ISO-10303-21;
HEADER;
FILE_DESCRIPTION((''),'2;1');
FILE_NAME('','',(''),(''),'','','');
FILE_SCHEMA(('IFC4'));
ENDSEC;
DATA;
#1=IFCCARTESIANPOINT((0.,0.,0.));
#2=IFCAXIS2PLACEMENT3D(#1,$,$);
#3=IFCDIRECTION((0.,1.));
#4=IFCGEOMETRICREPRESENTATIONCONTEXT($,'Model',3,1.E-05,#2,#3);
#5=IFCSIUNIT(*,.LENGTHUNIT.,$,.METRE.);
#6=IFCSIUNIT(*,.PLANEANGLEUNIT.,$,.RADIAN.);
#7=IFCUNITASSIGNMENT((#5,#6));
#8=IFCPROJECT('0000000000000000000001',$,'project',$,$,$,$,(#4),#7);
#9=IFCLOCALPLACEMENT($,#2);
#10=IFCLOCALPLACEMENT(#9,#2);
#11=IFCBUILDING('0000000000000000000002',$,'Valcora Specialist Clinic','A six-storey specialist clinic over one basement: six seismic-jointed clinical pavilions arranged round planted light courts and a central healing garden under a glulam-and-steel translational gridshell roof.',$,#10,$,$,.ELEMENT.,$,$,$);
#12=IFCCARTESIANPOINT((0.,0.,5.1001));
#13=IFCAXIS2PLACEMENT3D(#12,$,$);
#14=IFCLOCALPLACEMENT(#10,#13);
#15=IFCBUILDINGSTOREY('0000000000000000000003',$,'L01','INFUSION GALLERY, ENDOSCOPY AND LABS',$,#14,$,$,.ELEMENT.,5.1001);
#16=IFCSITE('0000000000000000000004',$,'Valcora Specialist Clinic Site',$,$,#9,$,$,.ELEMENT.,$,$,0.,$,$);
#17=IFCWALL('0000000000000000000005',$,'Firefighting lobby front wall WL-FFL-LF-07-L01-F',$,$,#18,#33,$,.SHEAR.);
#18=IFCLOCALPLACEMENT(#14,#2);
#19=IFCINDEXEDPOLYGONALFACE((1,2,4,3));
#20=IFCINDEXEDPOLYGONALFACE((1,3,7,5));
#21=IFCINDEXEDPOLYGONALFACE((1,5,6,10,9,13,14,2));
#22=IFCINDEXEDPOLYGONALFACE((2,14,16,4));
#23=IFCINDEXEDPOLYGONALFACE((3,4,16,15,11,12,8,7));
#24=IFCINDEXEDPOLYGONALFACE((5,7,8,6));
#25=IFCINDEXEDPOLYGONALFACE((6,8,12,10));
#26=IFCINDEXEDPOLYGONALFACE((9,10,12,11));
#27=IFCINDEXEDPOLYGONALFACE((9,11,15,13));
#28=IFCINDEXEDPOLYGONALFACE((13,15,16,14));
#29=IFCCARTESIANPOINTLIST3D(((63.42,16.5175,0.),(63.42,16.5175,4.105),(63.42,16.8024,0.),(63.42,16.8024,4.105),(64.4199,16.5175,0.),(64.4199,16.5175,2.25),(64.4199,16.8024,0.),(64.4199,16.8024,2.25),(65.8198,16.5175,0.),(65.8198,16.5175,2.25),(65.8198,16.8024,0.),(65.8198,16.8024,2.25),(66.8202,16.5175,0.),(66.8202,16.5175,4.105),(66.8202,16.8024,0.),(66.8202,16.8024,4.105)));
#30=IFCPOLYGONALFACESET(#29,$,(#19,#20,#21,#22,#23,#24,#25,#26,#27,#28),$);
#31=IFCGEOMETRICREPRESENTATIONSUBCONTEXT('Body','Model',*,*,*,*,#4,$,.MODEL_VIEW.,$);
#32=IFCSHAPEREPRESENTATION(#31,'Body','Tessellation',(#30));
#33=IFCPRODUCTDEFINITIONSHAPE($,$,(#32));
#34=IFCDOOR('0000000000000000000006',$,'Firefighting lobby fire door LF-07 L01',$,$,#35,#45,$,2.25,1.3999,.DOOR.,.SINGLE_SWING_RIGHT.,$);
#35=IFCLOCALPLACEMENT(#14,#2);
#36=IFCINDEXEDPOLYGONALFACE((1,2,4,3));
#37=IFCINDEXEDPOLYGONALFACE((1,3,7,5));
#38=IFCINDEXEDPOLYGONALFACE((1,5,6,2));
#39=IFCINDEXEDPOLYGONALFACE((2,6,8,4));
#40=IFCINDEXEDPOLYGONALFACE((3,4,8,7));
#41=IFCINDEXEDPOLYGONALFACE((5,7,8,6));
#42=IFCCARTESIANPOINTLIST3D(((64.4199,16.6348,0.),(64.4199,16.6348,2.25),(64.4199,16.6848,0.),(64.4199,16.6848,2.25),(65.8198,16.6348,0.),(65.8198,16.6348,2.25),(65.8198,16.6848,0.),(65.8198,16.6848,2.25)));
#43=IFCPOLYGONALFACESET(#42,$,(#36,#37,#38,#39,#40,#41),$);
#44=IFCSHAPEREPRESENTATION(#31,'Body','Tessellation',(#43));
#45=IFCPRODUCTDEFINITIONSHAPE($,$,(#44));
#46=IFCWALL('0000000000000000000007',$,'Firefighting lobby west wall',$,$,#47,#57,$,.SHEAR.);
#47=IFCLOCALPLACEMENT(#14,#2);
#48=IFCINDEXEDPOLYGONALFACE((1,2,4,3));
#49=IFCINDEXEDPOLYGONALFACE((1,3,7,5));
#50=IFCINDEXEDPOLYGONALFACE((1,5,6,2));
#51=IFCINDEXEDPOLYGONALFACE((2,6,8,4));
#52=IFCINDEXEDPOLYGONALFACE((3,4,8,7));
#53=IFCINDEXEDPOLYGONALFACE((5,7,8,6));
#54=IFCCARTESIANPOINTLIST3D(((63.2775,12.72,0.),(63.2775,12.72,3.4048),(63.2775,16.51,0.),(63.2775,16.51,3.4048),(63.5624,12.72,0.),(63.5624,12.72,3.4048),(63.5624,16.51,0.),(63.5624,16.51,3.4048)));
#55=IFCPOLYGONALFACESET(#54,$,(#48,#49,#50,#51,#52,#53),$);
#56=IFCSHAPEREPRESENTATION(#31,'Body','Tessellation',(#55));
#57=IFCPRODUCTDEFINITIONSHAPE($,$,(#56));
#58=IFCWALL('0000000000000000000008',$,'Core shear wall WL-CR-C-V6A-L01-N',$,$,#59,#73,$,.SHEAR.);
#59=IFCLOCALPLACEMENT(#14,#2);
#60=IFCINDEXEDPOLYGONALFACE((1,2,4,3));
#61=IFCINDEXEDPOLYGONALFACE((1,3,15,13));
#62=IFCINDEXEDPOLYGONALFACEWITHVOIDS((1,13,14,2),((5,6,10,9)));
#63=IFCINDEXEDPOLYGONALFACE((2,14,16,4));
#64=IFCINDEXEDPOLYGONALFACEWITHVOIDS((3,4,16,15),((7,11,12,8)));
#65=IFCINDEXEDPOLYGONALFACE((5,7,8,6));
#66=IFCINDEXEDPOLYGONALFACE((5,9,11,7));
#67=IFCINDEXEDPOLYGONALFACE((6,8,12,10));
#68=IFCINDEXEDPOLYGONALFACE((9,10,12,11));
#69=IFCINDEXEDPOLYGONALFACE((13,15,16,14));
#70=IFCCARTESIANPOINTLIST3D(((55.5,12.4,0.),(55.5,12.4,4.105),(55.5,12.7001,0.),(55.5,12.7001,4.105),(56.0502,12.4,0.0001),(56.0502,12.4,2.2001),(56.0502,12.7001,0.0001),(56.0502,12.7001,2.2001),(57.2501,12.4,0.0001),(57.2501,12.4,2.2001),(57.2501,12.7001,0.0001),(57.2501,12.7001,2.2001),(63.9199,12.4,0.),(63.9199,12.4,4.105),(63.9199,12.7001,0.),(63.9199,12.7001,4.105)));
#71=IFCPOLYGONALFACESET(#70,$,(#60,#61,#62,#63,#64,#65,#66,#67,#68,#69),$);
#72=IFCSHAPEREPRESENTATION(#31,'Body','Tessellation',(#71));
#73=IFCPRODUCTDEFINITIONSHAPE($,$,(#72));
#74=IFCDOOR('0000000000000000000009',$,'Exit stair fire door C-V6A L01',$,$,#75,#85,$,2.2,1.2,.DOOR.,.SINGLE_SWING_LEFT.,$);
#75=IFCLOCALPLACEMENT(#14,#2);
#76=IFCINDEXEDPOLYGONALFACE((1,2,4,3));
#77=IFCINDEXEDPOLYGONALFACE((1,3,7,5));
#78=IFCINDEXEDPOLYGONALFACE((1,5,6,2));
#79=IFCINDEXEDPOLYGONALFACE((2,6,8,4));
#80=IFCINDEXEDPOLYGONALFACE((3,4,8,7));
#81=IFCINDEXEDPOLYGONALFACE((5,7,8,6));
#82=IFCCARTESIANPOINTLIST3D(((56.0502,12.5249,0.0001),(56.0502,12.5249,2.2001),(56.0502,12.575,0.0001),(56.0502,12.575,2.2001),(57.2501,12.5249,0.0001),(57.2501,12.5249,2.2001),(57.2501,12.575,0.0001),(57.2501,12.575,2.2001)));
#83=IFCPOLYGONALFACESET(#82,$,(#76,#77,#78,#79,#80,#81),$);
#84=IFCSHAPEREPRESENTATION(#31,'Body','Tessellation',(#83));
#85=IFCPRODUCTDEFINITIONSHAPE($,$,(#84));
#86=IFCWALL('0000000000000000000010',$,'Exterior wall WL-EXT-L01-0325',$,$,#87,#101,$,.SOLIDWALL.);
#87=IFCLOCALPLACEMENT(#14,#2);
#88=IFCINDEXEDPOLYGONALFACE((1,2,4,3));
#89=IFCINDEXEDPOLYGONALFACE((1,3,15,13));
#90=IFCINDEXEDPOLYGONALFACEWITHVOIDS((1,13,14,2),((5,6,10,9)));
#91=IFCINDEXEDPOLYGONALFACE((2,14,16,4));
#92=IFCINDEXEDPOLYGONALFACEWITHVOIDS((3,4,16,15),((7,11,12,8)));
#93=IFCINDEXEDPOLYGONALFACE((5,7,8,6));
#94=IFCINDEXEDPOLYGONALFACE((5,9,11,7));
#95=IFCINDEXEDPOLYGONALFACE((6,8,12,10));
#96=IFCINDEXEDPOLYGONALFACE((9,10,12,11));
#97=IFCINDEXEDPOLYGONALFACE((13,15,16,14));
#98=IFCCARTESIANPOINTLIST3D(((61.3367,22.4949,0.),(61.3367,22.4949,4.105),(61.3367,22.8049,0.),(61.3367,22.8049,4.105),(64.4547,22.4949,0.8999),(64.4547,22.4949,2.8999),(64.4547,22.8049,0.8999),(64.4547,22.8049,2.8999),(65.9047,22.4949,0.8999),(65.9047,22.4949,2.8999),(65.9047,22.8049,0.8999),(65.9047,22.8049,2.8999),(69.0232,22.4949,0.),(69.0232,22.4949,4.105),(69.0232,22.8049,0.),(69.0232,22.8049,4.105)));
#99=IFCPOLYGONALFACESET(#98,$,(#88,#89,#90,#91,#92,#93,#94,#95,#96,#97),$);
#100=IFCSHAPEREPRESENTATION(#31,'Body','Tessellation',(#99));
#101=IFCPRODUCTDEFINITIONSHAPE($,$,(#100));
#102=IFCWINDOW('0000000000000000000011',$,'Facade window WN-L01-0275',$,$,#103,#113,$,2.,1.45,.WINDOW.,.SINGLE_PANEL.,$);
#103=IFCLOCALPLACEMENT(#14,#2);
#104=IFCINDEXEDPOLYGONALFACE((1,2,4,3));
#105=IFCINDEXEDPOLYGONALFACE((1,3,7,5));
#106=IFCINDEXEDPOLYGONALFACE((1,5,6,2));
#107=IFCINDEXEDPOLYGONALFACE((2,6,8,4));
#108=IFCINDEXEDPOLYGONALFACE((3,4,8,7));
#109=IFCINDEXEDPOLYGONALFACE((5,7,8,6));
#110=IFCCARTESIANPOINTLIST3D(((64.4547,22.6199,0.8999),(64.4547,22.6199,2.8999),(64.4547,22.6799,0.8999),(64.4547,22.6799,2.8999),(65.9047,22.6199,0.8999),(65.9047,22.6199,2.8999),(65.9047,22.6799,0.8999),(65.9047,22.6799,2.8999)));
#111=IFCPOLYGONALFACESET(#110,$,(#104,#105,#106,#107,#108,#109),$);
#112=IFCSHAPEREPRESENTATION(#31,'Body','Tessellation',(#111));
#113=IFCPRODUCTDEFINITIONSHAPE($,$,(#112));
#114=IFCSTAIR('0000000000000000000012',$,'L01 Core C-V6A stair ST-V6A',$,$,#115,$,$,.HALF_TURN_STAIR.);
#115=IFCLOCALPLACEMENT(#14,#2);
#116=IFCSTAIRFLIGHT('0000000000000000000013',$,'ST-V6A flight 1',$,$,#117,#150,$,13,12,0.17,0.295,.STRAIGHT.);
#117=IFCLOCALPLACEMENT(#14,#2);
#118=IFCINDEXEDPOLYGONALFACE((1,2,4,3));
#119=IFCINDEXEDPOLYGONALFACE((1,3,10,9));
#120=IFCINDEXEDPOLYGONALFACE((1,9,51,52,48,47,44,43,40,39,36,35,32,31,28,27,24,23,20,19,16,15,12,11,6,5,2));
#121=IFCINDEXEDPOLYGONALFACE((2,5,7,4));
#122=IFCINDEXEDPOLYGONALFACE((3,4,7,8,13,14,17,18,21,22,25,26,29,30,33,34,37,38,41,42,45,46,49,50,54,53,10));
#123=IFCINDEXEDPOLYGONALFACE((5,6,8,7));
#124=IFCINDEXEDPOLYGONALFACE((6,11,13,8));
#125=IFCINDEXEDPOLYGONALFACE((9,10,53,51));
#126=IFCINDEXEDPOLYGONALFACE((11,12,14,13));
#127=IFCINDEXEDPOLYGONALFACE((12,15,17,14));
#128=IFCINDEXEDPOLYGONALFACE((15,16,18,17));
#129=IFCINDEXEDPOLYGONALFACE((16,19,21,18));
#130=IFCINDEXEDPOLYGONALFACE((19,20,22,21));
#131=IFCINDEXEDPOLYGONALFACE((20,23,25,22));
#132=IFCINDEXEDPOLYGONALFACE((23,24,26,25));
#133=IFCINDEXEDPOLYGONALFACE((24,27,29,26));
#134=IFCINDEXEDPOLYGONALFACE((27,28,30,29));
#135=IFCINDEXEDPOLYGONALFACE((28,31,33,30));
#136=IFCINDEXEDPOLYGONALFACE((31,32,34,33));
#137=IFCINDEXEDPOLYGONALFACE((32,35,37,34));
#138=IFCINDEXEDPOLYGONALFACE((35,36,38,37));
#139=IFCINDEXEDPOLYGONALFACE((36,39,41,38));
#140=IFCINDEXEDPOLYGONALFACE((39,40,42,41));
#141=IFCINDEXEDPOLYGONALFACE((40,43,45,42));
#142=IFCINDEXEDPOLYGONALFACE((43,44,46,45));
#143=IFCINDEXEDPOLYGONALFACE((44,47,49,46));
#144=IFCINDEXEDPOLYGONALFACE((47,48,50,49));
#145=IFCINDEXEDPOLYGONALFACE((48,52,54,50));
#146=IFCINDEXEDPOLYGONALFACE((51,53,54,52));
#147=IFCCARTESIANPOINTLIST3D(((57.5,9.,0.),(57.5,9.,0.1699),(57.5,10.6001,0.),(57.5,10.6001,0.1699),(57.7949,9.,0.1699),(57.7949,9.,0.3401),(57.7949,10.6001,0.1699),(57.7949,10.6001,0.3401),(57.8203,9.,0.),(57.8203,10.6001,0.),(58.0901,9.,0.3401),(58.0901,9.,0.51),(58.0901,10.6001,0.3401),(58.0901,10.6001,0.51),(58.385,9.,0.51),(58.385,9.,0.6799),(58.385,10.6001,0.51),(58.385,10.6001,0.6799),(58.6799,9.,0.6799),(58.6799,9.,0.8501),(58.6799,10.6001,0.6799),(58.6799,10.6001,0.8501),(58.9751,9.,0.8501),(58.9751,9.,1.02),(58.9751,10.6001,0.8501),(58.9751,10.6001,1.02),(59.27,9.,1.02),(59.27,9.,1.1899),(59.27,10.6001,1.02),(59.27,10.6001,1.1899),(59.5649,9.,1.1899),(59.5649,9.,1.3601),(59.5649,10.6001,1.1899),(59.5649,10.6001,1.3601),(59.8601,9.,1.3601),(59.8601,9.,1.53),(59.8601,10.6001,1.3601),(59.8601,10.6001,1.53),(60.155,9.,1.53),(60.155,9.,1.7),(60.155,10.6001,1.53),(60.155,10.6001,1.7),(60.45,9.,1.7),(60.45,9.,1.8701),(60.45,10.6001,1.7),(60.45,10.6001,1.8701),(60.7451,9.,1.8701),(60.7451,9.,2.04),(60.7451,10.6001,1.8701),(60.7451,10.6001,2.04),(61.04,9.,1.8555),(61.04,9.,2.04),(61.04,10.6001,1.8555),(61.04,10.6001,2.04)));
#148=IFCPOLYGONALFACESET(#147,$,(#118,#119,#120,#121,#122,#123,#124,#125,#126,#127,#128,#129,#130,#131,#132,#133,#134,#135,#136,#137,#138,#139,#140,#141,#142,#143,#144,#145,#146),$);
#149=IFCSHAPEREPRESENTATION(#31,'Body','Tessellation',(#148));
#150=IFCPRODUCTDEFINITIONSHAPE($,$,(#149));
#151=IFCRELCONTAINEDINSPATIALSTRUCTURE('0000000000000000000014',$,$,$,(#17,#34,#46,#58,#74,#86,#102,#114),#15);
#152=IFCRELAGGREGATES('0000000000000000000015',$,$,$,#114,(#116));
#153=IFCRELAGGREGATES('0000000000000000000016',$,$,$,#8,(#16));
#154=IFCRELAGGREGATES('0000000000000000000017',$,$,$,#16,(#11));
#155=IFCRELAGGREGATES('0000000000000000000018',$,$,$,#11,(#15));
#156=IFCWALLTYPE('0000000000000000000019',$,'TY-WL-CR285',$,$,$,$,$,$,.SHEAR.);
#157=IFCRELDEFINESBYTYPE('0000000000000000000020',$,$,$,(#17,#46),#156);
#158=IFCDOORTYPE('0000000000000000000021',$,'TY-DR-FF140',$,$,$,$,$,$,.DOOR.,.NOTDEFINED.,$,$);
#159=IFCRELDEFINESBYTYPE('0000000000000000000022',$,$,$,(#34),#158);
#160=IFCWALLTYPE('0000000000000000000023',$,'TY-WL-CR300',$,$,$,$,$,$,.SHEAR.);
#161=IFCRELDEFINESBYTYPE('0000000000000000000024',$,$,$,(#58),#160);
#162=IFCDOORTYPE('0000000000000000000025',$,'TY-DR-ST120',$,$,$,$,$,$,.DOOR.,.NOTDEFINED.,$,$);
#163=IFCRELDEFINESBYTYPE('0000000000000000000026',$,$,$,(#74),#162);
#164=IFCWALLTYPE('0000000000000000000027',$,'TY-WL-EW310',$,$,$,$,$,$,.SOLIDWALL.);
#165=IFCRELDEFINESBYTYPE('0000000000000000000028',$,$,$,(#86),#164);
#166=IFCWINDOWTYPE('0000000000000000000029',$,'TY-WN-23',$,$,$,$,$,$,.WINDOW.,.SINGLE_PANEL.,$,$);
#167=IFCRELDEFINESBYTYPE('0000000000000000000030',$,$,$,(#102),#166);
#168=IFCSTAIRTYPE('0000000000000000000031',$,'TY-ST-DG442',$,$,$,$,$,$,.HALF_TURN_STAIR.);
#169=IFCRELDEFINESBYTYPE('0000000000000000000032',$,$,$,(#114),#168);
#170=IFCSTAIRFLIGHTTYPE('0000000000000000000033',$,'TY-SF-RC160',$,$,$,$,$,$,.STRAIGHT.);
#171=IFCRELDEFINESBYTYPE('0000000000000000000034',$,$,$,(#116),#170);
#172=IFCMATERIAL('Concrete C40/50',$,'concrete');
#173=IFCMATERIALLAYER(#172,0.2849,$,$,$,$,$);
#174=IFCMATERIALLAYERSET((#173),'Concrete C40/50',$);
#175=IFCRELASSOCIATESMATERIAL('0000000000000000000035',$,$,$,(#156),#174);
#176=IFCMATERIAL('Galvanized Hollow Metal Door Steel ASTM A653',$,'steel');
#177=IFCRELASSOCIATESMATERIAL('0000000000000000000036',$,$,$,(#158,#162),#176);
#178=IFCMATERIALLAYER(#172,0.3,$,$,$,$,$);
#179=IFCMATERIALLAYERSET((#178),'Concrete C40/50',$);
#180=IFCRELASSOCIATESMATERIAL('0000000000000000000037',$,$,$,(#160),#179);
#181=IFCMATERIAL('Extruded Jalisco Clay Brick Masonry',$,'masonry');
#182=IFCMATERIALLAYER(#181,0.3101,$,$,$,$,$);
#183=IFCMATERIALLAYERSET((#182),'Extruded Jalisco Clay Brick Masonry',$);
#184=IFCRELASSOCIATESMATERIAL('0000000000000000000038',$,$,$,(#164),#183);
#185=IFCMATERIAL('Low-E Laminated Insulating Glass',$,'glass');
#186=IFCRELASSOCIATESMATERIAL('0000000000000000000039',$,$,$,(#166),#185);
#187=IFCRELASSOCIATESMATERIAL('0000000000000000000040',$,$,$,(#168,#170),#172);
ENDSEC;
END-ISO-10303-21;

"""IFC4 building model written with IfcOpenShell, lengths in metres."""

from ifc_helpers import new_model, si_unit, direction, frame, frame_2d, origin, place, context, subcontext, project, spatial, polyline, rectangle, outline, extrude, material, layer, layer_set, type_object, element, fill, aggregate, save


model = new_model("IFC4")

# Units and contexts
model_context = context("Model", 3, precision=1e-05, world=origin(), true_north=direction((0.0, 1.0)))
body_context = subcontext(model_context, "Body", "Model", "MODEL_VIEW")
ifc_project = project(units=[si_unit("LENGTHUNIT", "METRE"), si_unit("PLANEANGLEUNIT", "RADIAN")], contexts=[model_context])

# Site, building, storey
site_placement = place(None, origin())
site = spatial("IfcSite", under=ifc_project, at=site_placement, Name="Valcora Specialist Clinic Site", CompositionType="ELEMENT", RefElevation=0.0)
building_placement = place(site_placement, origin())
building = spatial("IfcBuilding", under=site, at=building_placement, Name="Valcora Specialist Clinic", Description="A six-storey specialist clinic over one basement: six seismic-jointed clinical pavilions arranged round planted light courts and a central healing garden under a glulam-and-steel translational gridshell roof.", CompositionType="ELEMENT")
storey_placement = place(building_placement, frame((0.0, 0.0, 5.1001)))
storey = spatial("IfcBuildingStorey", under=building, at=storey_placement, Name="L01", Description="INFUSION GALLERY, ENDOSCOPY AND LABS", CompositionType="ELEMENT", Elevation=5.1001)

# Shared definitions
ifc_material_1 = material(Name="Concrete C40/50", Category="concrete")

# Wall, opening, door
ifc_layer_1 = layer(ifc_material_1, 0.2849)
ifc_layer_set_1 = layer_set([ifc_layer_1], Name="Concrete C40/50")
wall_type_1 = type_object("IfcWallType", Name="TY-WL-CR285", PredefinedType="SHEAR", material=ifc_layer_set_1)
wall_1_placement = place(storey_placement, frame((63.4199, 16.6599, 0.0), z_axis=(0.0, 0.0, 1.0), x_axis=(1.0, 0.0, 0.0)))
wall_1 = element("IfcWall", 1, at=wall_1_placement, inside=storey, type_object=wall_type_1, Name="Firefighting lobby front wall WL-FFL-LF-07-L01-F", PredefinedType="SHEAR", context=body_context, shape_type="SweptSolid", body=[
    extrude(rectangle(XDim=3.4001, YDim=0.2849, at=frame_2d((1.7002, 0.0))), origin(), (0.0, 0.0, 1.0), 4.105),
])
opening_1_placement = place(wall_1_placement, frame((1.0, 0.0, 0.0)))
opening_1 = element("IfcOpeningElement", 2, at=opening_1_placement, cuts=wall_1, PredefinedType="OPENING", context=body_context, shape_type="SweptSolid", body=[
    extrude(rectangle(XDim=1.3999, YDim=2.25, at=frame_2d((0.7, 1.125))), frame((0.0, 0.1523, 0.0), z_axis=(0.0, -1.0, 0.0), x_axis=(1.0, 0.0, 0.0)), (0.0, 0.0, 1.0), 0.3049),
])
ifc_material_2 = material(Name="Galvanized Hollow Metal Door Steel ASTM A653", Category="steel")
door_type_1 = type_object("IfcDoorType", Name="TY-DR-FF140", OperationType="NOTDEFINED", PredefinedType="DOOR", material=ifc_material_2)
door_1_placement = place(opening_1_placement, origin())
door_1 = element("IfcDoor", 3, at=door_1_placement, inside=storey, type_object=door_type_1, Name="Firefighting lobby fire door LF-07 L01", OperationType="SINGLE_SWING_RIGHT", OverallHeight=2.25, OverallWidth=1.3999, PredefinedType="DOOR", context=body_context, shape_type="SweptSolid", body=[
    extrude(rectangle(XDim=1.3999, YDim=2.25, at=frame_2d((0.7, 1.125))), frame((0.0, 0.0249, 0.0), z_axis=(0.0, -1.0, 0.0), x_axis=(1.0, 0.0, 0.0)), (0.0, 0.0, 1.0), 0.05),
])
fill(opening_1, door_1)

# Wall
wall_2_placement = place(storey_placement, frame((63.4199, 12.72, 0.0), z_axis=(0.0, 0.0, 1.0), x_axis=(0.0, 1.0, 0.0)))
element("IfcWall", 4, at=wall_2_placement, inside=storey, type_object=wall_type_1, Name="Firefighting lobby west wall", PredefinedType="SHEAR", context=body_context, shape_type="SweptSolid", body=[
    extrude(rectangle(XDim=3.79, YDim=0.2849, at=frame_2d((1.895, 0.0))), origin(), (0.0, 0.0, 1.0), 3.4048),
])

# Wall, opening, door
ifc_layer_2 = layer(ifc_material_1, 0.3)
ifc_layer_set_2 = layer_set([ifc_layer_2], Name="Concrete C40/50")
wall_type_2 = type_object("IfcWallType", Name="TY-WL-CR300", PredefinedType="SHEAR", material=ifc_layer_set_2)
wall_3_placement = place(storey_placement, frame((55.5, 12.55, 0.0), z_axis=(0.0, 0.0, 1.0), x_axis=(1.0, 0.0, 0.0)))
wall_3 = element("IfcWall", 5, at=wall_3_placement, inside=storey, type_object=wall_type_2, Name="Core shear wall WL-CR-C-V6A-L01-N", PredefinedType="SHEAR", context=body_context, shape_type="SweptSolid", body=[
    extrude(rectangle(XDim=8.4199, YDim=0.3, at=frame_2d((4.21, 0.0))), origin(), (0.0, 0.0, 1.0), 4.105),
])
opening_2_placement = place(wall_3_placement, frame((0.55, 0.0, 0.0)))
opening_2 = element("IfcOpeningElement", 6, at=opening_2_placement, cuts=wall_3, PredefinedType="OPENING", context=body_context, shape_type="SweptSolid", body=[
    extrude(rectangle(XDim=1.2, YDim=2.2, at=frame_2d((0.6001, 1.1001))), frame((0.0, 0.1599, 0.0), z_axis=(0.0, -1.0, 0.0), x_axis=(1.0, 0.0, 0.0)), (0.0, 0.0, 1.0), 0.3201),
])
door_type_2 = type_object("IfcDoorType", Name="TY-DR-ST120", OperationType="NOTDEFINED", PredefinedType="DOOR", material=ifc_material_2)
door_2_placement = place(opening_2_placement, origin())
door_2 = element("IfcDoor", 7, at=door_2_placement, inside=storey, type_object=door_type_2, Name="Exit stair fire door C-V6A L01", OperationType="SINGLE_SWING_LEFT", OverallHeight=2.2, OverallWidth=1.2, PredefinedType="DOOR", context=body_context, shape_type="SweptSolid", body=[
    extrude(rectangle(XDim=1.2, YDim=2.2, at=frame_2d((0.6001, 1.1001))), frame((0.0, 0.0249, 0.0), z_axis=(0.0, -1.0, 0.0), x_axis=(1.0, 0.0, 0.0)), (0.0, 0.0, 1.0), 0.05),
])
fill(opening_2, door_2)

# Wall, opening, window
ifc_material_3 = material(Name="Extruded Jalisco Clay Brick Masonry", Category="masonry")
ifc_layer_3 = layer(ifc_material_3, 0.3101)
ifc_layer_set_3 = layer_set([ifc_layer_3], Name="Extruded Jalisco Clay Brick Masonry")
wall_type_3 = type_object("IfcWallType", Name="TY-WL-EW310", PredefinedType="SOLIDWALL", material=ifc_layer_set_3)
wall_4_placement = place(storey_placement, frame((61.3367, 22.6499, 0.0), z_axis=(0.0, 0.0, 1.0), x_axis=(1.0, 0.0, 0.0)))
wall_4 = element("IfcWall", 8, at=wall_4_placement, inside=storey, type_object=wall_type_3, Name="Exterior wall WL-EXT-L01-0325", PredefinedType="SOLIDWALL", context=body_context, shape_type="SweptSolid", body=[
    extrude(rectangle(XDim=7.6865, YDim=0.3101, at=frame_2d((3.8433, 0.0))), origin(), (0.0, 0.0, 1.0), 4.105),
])
opening_3_placement = place(wall_4_placement, frame((3.1179, 0.0, 0.8999)))
opening_3 = element("IfcOpeningElement", 9, at=opening_3_placement, cuts=wall_4, PredefinedType="OPENING", context=body_context, shape_type="SweptSolid", body=[
    extrude(rectangle(XDim=1.45, YDim=2.0, at=frame_2d((0.7251, 1.0))), frame((0.0, 0.165, 0.0), z_axis=(0.0, -1.0, 0.0), x_axis=(1.0, 0.0, 0.0)), (0.0, 0.0, 1.0), 0.3301),
])
ifc_material_4 = material(Name="Low-E Laminated Insulating Glass", Category="glass")
window_type = type_object("IfcWindowType", Name="TY-WN-23", PartitioningType="SINGLE_PANEL", PredefinedType="WINDOW", material=ifc_material_4)
window_placement = place(opening_3_placement, origin())
window = element("IfcWindow", 10, at=window_placement, inside=storey, type_object=window_type, Name="Facade window WN-L01-0275", OverallHeight=2.0, OverallWidth=1.45, PartitioningType="SINGLE_PANEL", PredefinedType="WINDOW", context=body_context, shape_type="SweptSolid", body=[
    extrude(rectangle(XDim=1.45, YDim=2.0, at=frame_2d((0.7251, 1.0))), frame((0.0, 0.03, 0.0), z_axis=(0.0, -1.0, 0.0), x_axis=(1.0, 0.0, 0.0)), (0.0, 0.0, 1.0), 0.0601),
])
fill(opening_3, window)

# Stair, stair flight
stair_type = type_object("IfcStairType", Name="TY-ST-DG442", PredefinedType="HALF_TURN_STAIR", material=ifc_material_1)
stair_placement = place(storey_placement, origin())
stair = element("IfcStair", 11, at=stair_placement, inside=storey, type_object=stair_type, Name="L01 Core C-V6A stair ST-V6A", PredefinedType="HALF_TURN_STAIR")
stair_flight_type = type_object("IfcStairFlightType", Name="TY-SF-RC160", PredefinedType="STRAIGHT", material=ifc_material_1)
stair_flight_1_placement = place(storey_placement, frame((57.5, 9.8, 0.0), z_axis=(0.0, 0.0, 1.0), x_axis=(1.0, 0.0, 0.0)))
stair_flight_1 = element("IfcStairFlight", 12, at=stair_flight_1_placement, type_object=stair_flight_type, Name="ST-V6A flight 1", NumberOfRisers=13, NumberOfTreads=12, PredefinedType="STRAIGHT", RiserHeight=0.17, TreadLength=0.295, context=body_context, shape_type="SweptSolid", body=[
    extrude(outline(polyline([(0.0, 0.0), (0.0, 0.1699), (0.2949, 0.1699), (0.2949, 0.3401), (0.5901, 0.3401), (0.5901, 0.51), (0.885, 0.51), (0.885, 0.6799), (1.1799, 0.6799), (1.1799, 0.8501), (1.4751, 0.8501), (1.4751, 1.02), (1.77, 1.02), (1.77, 1.1899), (2.0649, 1.1899), (2.0649, 1.3601), (2.3601, 1.3601), (2.3601, 1.53), (2.655, 1.53), (2.655, 1.7), (2.95, 1.7), (2.95, 1.8701), (3.2451, 1.8701), (3.2451, 2.04), (3.54, 2.04), (3.54, 2.21), (3.54, 1.8555), (0.3203, 0.0), (0.0, 0.0)])), frame((0.0, 0.8, 0.0), z_axis=(0.0, -1.0, 0.0), x_axis=(1.0, 0.0, 0.0)), (0.0, 0.0, 1.0), 1.6001),
])
aggregate(stair, [stair_flight_1])

save(model, "model.ifc")
